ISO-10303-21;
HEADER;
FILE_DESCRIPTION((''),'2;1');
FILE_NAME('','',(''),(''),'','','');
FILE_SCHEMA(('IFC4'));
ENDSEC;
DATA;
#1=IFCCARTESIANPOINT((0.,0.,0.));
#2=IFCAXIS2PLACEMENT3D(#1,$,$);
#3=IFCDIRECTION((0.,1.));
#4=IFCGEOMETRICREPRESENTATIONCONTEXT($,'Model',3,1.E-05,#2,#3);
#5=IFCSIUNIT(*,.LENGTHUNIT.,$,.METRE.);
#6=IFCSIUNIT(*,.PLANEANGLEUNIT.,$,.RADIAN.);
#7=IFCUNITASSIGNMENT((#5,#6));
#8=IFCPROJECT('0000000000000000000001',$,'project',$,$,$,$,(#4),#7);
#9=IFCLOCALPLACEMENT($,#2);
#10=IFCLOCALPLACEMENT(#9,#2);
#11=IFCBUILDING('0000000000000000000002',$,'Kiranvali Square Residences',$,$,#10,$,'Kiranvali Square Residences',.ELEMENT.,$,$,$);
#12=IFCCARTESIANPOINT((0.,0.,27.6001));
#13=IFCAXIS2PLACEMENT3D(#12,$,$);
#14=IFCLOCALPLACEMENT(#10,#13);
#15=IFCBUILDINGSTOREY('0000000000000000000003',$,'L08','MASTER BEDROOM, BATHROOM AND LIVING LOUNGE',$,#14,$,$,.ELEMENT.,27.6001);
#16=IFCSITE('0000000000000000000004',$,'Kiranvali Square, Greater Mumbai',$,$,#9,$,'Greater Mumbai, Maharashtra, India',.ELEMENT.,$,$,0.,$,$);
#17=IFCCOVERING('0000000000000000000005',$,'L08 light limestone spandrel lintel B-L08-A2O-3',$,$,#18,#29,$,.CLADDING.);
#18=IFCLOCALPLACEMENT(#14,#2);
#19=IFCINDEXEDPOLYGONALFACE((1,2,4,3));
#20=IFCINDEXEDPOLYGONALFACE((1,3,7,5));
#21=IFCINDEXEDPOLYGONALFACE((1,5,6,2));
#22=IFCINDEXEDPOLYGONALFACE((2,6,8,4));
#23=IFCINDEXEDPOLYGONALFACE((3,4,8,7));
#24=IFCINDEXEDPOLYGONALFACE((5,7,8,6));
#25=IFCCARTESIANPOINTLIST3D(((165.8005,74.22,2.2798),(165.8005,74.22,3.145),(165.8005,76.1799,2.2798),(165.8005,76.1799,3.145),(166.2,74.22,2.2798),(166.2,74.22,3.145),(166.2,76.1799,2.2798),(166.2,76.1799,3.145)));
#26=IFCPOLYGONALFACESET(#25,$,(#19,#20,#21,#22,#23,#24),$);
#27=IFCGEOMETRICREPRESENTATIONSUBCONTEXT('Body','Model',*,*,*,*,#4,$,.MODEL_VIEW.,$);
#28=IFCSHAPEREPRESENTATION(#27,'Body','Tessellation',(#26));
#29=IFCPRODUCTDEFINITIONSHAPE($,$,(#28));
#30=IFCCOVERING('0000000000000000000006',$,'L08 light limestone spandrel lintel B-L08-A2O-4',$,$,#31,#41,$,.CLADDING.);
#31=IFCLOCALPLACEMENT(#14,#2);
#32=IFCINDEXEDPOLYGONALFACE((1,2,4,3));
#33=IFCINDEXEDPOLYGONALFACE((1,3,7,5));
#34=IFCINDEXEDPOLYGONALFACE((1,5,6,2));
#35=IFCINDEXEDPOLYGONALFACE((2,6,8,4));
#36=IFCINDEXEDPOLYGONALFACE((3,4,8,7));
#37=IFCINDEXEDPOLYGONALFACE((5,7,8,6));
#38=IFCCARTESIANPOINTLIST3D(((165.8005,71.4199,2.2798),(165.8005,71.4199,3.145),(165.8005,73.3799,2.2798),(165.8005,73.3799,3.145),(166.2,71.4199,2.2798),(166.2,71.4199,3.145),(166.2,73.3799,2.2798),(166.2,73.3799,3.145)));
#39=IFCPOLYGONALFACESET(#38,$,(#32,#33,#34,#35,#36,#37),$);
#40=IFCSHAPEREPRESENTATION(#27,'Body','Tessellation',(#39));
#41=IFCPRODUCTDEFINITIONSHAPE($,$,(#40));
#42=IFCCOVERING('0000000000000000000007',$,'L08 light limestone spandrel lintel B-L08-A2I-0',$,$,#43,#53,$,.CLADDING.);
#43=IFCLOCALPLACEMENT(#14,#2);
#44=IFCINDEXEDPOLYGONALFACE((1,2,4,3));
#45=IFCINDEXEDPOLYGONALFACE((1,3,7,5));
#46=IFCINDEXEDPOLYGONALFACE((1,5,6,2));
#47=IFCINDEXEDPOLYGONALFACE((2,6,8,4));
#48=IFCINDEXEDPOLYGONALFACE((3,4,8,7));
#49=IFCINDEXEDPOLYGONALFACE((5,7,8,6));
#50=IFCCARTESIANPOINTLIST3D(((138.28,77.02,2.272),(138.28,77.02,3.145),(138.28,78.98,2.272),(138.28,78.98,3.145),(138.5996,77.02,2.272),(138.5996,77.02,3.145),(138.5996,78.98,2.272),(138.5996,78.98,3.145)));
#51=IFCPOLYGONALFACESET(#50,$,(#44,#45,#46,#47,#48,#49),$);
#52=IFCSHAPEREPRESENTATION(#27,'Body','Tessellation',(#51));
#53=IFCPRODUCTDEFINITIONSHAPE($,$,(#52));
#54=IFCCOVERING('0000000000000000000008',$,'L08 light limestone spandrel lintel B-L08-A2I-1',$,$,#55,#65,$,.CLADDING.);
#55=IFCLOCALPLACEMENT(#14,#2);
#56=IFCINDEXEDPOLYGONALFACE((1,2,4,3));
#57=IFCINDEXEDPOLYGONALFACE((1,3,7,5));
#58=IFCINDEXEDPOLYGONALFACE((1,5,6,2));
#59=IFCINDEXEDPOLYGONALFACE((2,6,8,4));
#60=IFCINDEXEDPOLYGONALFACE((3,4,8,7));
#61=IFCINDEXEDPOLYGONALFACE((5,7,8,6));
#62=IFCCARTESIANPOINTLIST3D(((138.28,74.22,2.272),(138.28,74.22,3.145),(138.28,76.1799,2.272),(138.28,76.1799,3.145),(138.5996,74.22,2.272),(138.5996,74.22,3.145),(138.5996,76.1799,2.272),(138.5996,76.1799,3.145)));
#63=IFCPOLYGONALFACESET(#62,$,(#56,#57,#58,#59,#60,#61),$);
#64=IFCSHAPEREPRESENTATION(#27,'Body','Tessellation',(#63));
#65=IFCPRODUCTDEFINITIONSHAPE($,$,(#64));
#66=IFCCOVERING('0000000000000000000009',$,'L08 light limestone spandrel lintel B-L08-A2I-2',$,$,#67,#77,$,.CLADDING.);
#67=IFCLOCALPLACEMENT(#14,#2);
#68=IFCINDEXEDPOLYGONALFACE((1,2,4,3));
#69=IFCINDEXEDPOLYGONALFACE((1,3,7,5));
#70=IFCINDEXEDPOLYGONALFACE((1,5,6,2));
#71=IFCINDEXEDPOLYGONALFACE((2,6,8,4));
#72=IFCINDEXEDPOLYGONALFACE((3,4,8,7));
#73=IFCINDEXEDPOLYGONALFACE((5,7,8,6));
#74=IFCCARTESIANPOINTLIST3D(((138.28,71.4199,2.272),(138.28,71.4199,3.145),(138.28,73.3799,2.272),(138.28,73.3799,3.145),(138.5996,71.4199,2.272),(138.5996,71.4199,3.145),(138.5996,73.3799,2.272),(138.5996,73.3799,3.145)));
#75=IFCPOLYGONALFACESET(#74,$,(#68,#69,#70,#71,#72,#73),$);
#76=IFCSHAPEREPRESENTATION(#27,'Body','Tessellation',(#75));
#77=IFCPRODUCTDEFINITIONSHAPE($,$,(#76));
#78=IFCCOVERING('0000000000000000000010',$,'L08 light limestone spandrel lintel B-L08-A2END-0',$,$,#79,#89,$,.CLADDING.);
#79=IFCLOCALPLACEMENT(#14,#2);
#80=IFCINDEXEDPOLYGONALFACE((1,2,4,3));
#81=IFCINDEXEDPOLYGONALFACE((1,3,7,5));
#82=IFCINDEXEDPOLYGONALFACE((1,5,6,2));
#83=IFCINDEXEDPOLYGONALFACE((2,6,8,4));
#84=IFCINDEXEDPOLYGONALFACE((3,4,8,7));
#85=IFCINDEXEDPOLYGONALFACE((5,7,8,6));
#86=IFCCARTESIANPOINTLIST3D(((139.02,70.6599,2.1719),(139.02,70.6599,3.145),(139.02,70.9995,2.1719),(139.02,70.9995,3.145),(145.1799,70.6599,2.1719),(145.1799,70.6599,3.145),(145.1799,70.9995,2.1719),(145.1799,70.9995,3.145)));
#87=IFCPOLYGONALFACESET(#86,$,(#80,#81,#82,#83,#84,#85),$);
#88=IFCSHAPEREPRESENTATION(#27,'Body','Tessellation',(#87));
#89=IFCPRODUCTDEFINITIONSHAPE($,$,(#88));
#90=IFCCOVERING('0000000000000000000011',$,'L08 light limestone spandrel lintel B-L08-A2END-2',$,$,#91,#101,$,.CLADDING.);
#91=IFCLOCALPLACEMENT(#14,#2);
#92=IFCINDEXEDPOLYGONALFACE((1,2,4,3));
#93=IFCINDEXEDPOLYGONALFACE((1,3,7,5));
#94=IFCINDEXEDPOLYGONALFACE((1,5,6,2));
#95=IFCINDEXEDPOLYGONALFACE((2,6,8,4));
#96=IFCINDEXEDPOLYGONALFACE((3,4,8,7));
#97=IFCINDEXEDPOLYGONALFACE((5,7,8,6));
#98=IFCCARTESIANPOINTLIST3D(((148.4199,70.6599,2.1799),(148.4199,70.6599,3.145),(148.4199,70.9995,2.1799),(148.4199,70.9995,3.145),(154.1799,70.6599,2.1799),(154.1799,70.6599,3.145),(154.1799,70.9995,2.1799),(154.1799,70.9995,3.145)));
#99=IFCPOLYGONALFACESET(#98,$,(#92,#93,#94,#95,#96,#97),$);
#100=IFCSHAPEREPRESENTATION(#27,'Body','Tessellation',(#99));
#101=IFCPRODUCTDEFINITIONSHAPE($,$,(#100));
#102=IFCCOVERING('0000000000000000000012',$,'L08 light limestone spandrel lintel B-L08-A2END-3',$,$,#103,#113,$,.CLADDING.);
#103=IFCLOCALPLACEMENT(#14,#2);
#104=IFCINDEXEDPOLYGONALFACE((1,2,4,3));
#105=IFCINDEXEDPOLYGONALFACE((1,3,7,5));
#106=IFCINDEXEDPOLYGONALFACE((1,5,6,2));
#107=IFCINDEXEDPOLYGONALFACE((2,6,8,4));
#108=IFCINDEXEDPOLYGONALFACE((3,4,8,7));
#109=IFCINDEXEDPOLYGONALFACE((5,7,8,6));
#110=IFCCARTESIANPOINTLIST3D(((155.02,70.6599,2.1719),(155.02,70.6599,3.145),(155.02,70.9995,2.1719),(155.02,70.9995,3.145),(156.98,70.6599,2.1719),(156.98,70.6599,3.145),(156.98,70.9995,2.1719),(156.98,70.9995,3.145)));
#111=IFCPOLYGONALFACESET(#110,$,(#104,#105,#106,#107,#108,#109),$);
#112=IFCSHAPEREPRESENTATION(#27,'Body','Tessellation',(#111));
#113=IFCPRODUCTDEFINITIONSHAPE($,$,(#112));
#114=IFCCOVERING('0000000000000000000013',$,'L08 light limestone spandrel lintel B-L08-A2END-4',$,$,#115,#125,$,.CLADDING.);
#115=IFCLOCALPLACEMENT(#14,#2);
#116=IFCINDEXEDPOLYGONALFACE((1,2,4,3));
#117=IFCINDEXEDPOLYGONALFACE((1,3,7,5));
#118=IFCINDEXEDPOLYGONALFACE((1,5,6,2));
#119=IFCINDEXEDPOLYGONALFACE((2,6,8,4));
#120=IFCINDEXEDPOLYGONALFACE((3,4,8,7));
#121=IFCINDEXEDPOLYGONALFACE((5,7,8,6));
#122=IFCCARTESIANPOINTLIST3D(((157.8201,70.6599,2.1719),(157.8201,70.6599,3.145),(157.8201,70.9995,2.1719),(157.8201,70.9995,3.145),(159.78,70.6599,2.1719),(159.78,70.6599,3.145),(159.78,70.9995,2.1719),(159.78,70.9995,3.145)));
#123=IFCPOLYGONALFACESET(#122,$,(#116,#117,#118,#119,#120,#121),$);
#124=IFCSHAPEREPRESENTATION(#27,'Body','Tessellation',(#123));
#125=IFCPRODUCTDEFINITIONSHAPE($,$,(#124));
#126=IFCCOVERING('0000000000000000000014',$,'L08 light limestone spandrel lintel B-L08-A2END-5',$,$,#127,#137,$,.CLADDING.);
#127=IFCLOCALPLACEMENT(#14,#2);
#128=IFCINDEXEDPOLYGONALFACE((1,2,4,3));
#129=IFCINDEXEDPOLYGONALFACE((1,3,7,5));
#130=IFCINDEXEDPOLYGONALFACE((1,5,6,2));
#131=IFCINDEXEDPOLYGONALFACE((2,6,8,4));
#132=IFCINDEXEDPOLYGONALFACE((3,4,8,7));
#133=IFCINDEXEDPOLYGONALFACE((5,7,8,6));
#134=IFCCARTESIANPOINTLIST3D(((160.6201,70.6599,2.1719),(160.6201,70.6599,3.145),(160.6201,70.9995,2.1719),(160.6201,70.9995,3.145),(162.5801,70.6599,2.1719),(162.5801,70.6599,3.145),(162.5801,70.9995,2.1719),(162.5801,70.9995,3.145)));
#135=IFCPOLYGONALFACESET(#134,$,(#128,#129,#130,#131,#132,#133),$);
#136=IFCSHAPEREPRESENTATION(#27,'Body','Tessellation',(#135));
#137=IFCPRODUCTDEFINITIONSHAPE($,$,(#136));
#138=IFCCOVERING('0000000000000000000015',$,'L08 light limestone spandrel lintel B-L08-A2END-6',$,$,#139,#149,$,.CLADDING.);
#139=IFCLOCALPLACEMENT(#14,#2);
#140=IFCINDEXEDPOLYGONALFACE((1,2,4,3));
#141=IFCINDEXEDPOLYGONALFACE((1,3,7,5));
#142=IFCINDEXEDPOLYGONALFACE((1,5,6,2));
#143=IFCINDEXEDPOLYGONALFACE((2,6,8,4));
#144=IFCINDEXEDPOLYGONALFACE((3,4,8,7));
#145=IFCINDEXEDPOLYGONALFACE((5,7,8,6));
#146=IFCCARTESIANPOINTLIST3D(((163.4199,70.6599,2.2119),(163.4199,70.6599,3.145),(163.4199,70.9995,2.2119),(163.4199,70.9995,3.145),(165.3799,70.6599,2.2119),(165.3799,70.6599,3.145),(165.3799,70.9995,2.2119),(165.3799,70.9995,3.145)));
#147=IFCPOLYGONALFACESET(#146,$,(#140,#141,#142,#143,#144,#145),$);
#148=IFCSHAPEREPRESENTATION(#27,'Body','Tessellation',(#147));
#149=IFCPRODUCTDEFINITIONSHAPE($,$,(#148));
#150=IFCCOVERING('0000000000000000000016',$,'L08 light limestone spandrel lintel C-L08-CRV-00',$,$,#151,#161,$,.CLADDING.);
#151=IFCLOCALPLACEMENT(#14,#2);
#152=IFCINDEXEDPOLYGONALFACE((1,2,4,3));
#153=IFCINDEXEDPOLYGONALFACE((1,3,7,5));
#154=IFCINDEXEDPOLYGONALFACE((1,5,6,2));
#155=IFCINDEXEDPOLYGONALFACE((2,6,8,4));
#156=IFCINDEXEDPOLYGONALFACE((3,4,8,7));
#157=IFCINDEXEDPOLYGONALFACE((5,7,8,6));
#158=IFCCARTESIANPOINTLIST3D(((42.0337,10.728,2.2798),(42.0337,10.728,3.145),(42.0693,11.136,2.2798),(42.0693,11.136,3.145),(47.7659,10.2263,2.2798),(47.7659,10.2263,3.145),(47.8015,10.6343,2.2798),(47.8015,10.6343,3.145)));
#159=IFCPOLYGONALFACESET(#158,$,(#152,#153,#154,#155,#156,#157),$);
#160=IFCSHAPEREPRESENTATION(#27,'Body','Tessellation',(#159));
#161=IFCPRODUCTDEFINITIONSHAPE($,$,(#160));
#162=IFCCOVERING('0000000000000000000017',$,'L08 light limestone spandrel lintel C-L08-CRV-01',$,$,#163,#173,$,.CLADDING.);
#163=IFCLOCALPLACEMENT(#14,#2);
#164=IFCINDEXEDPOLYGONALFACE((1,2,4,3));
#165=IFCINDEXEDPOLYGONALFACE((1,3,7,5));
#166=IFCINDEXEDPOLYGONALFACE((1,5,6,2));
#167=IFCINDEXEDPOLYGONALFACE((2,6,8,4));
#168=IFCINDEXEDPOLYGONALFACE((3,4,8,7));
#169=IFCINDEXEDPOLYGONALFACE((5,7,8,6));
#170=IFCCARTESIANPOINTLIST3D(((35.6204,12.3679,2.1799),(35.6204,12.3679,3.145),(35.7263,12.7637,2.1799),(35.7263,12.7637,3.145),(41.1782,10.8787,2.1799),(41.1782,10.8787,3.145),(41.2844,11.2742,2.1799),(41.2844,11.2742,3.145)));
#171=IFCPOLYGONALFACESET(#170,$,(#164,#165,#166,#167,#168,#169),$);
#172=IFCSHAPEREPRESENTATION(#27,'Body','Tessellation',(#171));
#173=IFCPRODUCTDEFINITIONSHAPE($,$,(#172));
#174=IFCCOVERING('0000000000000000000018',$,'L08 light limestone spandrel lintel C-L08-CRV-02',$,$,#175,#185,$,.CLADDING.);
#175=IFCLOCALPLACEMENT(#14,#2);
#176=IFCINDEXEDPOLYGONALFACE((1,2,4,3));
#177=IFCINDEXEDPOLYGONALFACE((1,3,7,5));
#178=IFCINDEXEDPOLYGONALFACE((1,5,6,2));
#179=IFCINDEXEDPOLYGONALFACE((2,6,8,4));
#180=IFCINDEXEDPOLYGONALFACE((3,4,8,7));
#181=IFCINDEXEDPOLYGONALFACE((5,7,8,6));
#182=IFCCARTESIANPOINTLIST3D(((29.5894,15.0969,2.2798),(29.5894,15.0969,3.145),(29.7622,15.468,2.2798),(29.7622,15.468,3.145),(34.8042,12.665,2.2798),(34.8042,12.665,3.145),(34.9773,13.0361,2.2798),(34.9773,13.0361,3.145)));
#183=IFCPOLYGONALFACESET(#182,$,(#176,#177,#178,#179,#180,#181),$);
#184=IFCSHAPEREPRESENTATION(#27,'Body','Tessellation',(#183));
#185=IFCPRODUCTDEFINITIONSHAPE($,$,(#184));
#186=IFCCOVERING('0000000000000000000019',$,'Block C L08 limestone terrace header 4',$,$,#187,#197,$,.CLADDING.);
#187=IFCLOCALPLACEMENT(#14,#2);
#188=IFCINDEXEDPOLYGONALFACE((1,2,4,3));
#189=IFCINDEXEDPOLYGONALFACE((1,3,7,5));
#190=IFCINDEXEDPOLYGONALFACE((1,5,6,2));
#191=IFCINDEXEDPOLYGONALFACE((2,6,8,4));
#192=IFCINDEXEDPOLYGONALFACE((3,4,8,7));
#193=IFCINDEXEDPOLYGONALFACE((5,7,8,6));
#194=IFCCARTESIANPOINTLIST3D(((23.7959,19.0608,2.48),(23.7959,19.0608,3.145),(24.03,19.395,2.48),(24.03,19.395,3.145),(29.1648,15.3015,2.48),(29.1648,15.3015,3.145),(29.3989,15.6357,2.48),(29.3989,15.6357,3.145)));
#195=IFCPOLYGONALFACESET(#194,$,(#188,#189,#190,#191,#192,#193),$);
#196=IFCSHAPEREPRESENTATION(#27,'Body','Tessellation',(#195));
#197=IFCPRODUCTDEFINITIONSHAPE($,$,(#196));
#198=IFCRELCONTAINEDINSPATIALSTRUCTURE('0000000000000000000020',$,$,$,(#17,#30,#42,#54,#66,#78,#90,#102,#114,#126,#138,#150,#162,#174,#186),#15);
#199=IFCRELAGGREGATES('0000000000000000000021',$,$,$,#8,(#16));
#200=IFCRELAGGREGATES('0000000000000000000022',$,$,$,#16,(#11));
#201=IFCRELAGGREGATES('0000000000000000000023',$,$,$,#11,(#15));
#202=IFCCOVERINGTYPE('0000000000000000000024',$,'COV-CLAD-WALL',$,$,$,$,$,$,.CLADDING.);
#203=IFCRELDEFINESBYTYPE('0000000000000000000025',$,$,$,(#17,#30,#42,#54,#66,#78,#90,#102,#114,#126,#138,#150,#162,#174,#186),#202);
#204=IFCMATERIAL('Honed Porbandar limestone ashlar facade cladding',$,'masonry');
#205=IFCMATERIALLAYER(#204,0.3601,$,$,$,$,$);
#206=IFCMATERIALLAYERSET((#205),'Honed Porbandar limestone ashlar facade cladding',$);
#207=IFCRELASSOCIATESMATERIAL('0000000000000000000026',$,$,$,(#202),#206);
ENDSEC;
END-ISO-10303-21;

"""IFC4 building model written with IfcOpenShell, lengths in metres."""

from ifc_helpers import new_model, si_unit, direction, frame, origin, place, context, subcontext, project, spatial, polyline, outline, extrude, material, layer, layer_set, type_object, element, save


model = new_model("IFC4")

# Units and contexts
model_context = context("Model", 3, precision=1e-05, world=origin(), true_north=direction((0.0, 1.0)))
body_context = subcontext(model_context, "Body", "Model", "MODEL_VIEW")
ifc_project = project(units=[si_unit("LENGTHUNIT", "METRE"), si_unit("PLANEANGLEUNIT", "RADIAN")], contexts=[model_context])

# Site, building, storey
site_placement = place(None, origin())
site = spatial("IfcSite", under=ifc_project, at=site_placement, Name="Kiranvali Square, Greater Mumbai", LongName="Greater Mumbai, Maharashtra, India", CompositionType="ELEMENT", RefElevation=0.0)
building_placement = place(site_placement, origin())
building = spatial("IfcBuilding", under=site, at=building_placement, Name="Kiranvali Square Residences", LongName="Kiranvali Square Residences", CompositionType="ELEMENT")
storey_placement = place(building_placement, frame((0.0, 0.0, 27.6001)))
storey = spatial("IfcBuildingStorey", under=building, at=storey_placement, Name="L08", Description="MASTER BEDROOM, BATHROOM AND LIVING LOUNGE", CompositionType="ELEMENT", Elevation=27.6001)

# Coverings
ifc_material = material(Name="Honed Porbandar limestone ashlar facade cladding", Category="masonry")
ifc_layer = layer(ifc_material, 0.3601)
ifc_layer_set = layer_set([ifc_layer], Name="Honed Porbandar limestone ashlar facade cladding")
covering_type = type_object("IfcCoveringType", Name="COV-CLAD-WALL", PredefinedType="CLADDING", material=ifc_layer_set)
covering_1_placement = place(storey_placement, frame((0.0, 0.0, 2.2798)))
element("IfcCovering", 1, at=covering_1_placement, inside=storey, type_object=covering_type, Name="L08 light limestone spandrel lintel B-L08-A2O-3", PredefinedType="CLADDING", context=body_context, shape_type="SweptSolid", body=[
    extrude(outline(polyline([(165.8005, 76.1799), (165.8005, 74.22), (166.2, 74.22), (166.2, 76.1799), (165.8005, 76.1799)])), origin(), (0.0, 0.0, 1.0), 0.8652),
])
covering_2_placement = place(storey_placement, frame((0.0, 0.0, 2.2798)))
element("IfcCovering", 2, at=covering_2_placement, inside=storey, type_object=covering_type, Name="L08 light limestone spandrel lintel B-L08-A2O-4", PredefinedType="CLADDING", context=body_context, shape_type="SweptSolid", body=[
    extrude(outline(polyline([(165.8005, 73.3799), (165.8005, 71.4199), (166.2, 71.4199), (166.2, 73.3799), (165.8005, 73.3799)])), origin(), (0.0, 0.0, 1.0), 0.8652),
])
covering_3_placement = place(storey_placement, frame((0.0, 0.0, 2.272)))
element("IfcCovering", 3, at=covering_3_placement, inside=storey, type_object=covering_type, Name="L08 light limestone spandrel lintel B-L08-A2I-0", PredefinedType="CLADDING", context=body_context, shape_type="SweptSolid", body=[
    extrude(outline(polyline([(138.28, 78.98), (138.28, 77.02), (138.5996, 77.02), (138.5996, 78.98), (138.28, 78.98)])), origin(), (0.0, 0.0, 1.0), 0.873),
])
covering_4_placement = place(storey_placement, frame((0.0, 0.0, 2.272)))
element("IfcCovering", 4, at=covering_4_placement, inside=storey, type_object=covering_type, Name="L08 light limestone spandrel lintel B-L08-A2I-1", PredefinedType="CLADDING", context=body_context, shape_type="SweptSolid", body=[
    extrude(outline(polyline([(138.28, 76.1799), (138.28, 74.22), (138.5996, 74.22), (138.5996, 76.1799), (138.28, 76.1799)])), origin(), (0.0, 0.0, 1.0), 0.873),
])
covering_5_placement = place(storey_placement, frame((0.0, 0.0, 2.272)))
element("IfcCovering", 5, at=covering_5_placement, inside=storey, type_object=covering_type, Name="L08 light limestone spandrel lintel B-L08-A2I-2", PredefinedType="CLADDING", context=body_context, shape_type="SweptSolid", body=[
    extrude(outline(polyline([(138.28, 73.3799), (138.28, 71.4199), (138.5996, 71.4199), (138.5996, 73.3799), (138.28, 73.3799)])), origin(), (0.0, 0.0, 1.0), 0.873),
])
covering_6_placement = place(storey_placement, frame((0.0, 0.0, 2.1719)))
element("IfcCovering", 6, at=covering_6_placement, inside=storey, type_object=covering_type, Name="L08 light limestone spandrel lintel B-L08-A2END-0", PredefinedType="CLADDING", context=body_context, shape_type="SweptSolid", body=[
    extrude(outline(polyline([(139.02, 70.6599), (145.1799, 70.6599), (145.1799, 70.9995), (139.02, 70.9995), (139.02, 70.6599)])), origin(), (0.0, 0.0, 1.0), 0.9731),
])
covering_7_placement = place(storey_placement, frame((0.0, 0.0, 2.1799)))
element("IfcCovering", 7, at=covering_7_placement, inside=storey, type_object=covering_type, Name="L08 light limestone spandrel lintel B-L08-A2END-2", PredefinedType="CLADDING", context=body_context, shape_type="SweptSolid", body=[
    extrude(outline(polyline([(148.4199, 70.6599), (154.1799, 70.6599), (154.1799, 70.9995), (148.4199, 70.9995), (148.4199, 70.6599)])), origin(), (0.0, 0.0, 1.0), 0.9651),
])
covering_8_placement = place(storey_placement, frame((0.0, 0.0, 2.1719)))
element("IfcCovering", 8, at=covering_8_placement, inside=storey, type_object=covering_type, Name="L08 light limestone spandrel lintel B-L08-A2END-3", PredefinedType="CLADDING", context=body_context, shape_type="SweptSolid", body=[
    extrude(outline(polyline([(155.02, 70.6599), (156.98, 70.6599), (156.98, 70.9995), (155.02, 70.9995), (155.02, 70.6599)])), origin(), (0.0, 0.0, 1.0), 0.9731),
])
covering_9_placement = place(storey_placement, frame((0.0, 0.0, 2.1719)))
element("IfcCovering", 9, at=covering_9_placement, inside=storey, type_object=covering_type, Name="L08 light limestone spandrel lintel B-L08-A2END-4", PredefinedType="CLADDING", context=body_context, shape_type="SweptSolid", body=[
    extrude(outline(polyline([(157.8201, 70.6599), (159.78, 70.6599), (159.78, 70.9995), (157.8201, 70.9995), (157.8201, 70.6599)])), origin(), (0.0, 0.0, 1.0), 0.9731),
])
covering_10_placement = place(storey_placement, frame((0.0, 0.0, 2.1719)))
element("IfcCovering", 10, at=covering_10_placement, inside=storey, type_object=covering_type, Name="L08 light limestone spandrel lintel B-L08-A2END-5", PredefinedType="CLADDING", context=body_context, shape_type="SweptSolid", body=[
    extrude(outline(polyline([(160.6201, 70.6599), (162.5801, 70.6599), (162.5801, 70.9995), (160.6201, 70.9995), (160.6201, 70.6599)])), origin(), (0.0, 0.0, 1.0), 0.9731),
])
covering_11_placement = place(storey_placement, frame((0.0, 0.0, 2.2119)))
element("IfcCovering", 11, at=covering_11_placement, inside=storey, type_object=covering_type, Name="L08 light limestone spandrel lintel B-L08-A2END-6", PredefinedType="CLADDING", context=body_context, shape_type="SweptSolid", body=[
    extrude(outline(polyline([(163.4199, 70.6599), (165.3799, 70.6599), (165.3799, 70.9995), (163.4199, 70.9995), (163.4199, 70.6599)])), origin(), (0.0, 0.0, 1.0), 0.9331),
])
covering_12_placement = place(storey_placement, frame((0.0, 0.0, 2.2798)))
element("IfcCovering", 12, at=covering_12_placement, inside=storey, type_object=covering_type, Name="L08 light limestone spandrel lintel C-L08-CRV-00", PredefinedType="CLADDING", context=body_context, shape_type="SweptSolid", body=[
    extrude(outline(polyline([(47.8015, 10.6343), (42.0693, 11.136), (42.0337, 10.728), (47.7659, 10.2263), (47.8015, 10.6343)])), origin(), (0.0, 0.0, 1.0), 0.8652),
])
covering_13_placement = place(storey_placement, frame((0.0, 0.0, 2.1799)))
element("IfcCovering", 13, at=covering_13_placement, inside=storey, type_object=covering_type, Name="L08 light limestone spandrel lintel C-L08-CRV-01", PredefinedType="CLADDING", context=body_context, shape_type="SweptSolid", body=[
    extrude(outline(polyline([(41.2844, 11.2742), (35.7263, 12.7637), (35.6204, 12.3679), (41.1782, 10.8787), (41.2844, 11.2742)])), origin(), (0.0, 0.0, 1.0), 0.9651),
])
covering_14_placement = place(storey_placement, frame((0.0, 0.0, 2.2798)))
element("IfcCovering", 14, at=covering_14_placement, inside=storey, type_object=covering_type, Name="L08 light limestone spandrel lintel C-L08-CRV-02", PredefinedType="CLADDING", context=body_context, shape_type="SweptSolid", body=[
    extrude(outline(polyline([(34.9773, 13.0361), (29.7622, 15.468), (29.5894, 15.0969), (34.8042, 12.665), (34.9773, 13.0361)])), origin(), (0.0, 0.0, 1.0), 0.8652),
])
covering_15_placement = place(storey_placement, frame((0.0, 0.0, 2.48)))
element("IfcCovering", 15, at=covering_15_placement, inside=storey, type_object=covering_type, Name="Block C L08 limestone terrace header 4", PredefinedType="CLADDING", context=body_context, shape_type="SweptSolid", body=[
    extrude(outline(polyline([(29.3989, 15.6357), (24.03, 19.395), (23.7959, 19.0608), (29.1648, 15.3015), (29.3989, 15.6357)])), origin(), (0.0, 0.0, 1.0), 0.665),
])

save(model, "model.ifc")
